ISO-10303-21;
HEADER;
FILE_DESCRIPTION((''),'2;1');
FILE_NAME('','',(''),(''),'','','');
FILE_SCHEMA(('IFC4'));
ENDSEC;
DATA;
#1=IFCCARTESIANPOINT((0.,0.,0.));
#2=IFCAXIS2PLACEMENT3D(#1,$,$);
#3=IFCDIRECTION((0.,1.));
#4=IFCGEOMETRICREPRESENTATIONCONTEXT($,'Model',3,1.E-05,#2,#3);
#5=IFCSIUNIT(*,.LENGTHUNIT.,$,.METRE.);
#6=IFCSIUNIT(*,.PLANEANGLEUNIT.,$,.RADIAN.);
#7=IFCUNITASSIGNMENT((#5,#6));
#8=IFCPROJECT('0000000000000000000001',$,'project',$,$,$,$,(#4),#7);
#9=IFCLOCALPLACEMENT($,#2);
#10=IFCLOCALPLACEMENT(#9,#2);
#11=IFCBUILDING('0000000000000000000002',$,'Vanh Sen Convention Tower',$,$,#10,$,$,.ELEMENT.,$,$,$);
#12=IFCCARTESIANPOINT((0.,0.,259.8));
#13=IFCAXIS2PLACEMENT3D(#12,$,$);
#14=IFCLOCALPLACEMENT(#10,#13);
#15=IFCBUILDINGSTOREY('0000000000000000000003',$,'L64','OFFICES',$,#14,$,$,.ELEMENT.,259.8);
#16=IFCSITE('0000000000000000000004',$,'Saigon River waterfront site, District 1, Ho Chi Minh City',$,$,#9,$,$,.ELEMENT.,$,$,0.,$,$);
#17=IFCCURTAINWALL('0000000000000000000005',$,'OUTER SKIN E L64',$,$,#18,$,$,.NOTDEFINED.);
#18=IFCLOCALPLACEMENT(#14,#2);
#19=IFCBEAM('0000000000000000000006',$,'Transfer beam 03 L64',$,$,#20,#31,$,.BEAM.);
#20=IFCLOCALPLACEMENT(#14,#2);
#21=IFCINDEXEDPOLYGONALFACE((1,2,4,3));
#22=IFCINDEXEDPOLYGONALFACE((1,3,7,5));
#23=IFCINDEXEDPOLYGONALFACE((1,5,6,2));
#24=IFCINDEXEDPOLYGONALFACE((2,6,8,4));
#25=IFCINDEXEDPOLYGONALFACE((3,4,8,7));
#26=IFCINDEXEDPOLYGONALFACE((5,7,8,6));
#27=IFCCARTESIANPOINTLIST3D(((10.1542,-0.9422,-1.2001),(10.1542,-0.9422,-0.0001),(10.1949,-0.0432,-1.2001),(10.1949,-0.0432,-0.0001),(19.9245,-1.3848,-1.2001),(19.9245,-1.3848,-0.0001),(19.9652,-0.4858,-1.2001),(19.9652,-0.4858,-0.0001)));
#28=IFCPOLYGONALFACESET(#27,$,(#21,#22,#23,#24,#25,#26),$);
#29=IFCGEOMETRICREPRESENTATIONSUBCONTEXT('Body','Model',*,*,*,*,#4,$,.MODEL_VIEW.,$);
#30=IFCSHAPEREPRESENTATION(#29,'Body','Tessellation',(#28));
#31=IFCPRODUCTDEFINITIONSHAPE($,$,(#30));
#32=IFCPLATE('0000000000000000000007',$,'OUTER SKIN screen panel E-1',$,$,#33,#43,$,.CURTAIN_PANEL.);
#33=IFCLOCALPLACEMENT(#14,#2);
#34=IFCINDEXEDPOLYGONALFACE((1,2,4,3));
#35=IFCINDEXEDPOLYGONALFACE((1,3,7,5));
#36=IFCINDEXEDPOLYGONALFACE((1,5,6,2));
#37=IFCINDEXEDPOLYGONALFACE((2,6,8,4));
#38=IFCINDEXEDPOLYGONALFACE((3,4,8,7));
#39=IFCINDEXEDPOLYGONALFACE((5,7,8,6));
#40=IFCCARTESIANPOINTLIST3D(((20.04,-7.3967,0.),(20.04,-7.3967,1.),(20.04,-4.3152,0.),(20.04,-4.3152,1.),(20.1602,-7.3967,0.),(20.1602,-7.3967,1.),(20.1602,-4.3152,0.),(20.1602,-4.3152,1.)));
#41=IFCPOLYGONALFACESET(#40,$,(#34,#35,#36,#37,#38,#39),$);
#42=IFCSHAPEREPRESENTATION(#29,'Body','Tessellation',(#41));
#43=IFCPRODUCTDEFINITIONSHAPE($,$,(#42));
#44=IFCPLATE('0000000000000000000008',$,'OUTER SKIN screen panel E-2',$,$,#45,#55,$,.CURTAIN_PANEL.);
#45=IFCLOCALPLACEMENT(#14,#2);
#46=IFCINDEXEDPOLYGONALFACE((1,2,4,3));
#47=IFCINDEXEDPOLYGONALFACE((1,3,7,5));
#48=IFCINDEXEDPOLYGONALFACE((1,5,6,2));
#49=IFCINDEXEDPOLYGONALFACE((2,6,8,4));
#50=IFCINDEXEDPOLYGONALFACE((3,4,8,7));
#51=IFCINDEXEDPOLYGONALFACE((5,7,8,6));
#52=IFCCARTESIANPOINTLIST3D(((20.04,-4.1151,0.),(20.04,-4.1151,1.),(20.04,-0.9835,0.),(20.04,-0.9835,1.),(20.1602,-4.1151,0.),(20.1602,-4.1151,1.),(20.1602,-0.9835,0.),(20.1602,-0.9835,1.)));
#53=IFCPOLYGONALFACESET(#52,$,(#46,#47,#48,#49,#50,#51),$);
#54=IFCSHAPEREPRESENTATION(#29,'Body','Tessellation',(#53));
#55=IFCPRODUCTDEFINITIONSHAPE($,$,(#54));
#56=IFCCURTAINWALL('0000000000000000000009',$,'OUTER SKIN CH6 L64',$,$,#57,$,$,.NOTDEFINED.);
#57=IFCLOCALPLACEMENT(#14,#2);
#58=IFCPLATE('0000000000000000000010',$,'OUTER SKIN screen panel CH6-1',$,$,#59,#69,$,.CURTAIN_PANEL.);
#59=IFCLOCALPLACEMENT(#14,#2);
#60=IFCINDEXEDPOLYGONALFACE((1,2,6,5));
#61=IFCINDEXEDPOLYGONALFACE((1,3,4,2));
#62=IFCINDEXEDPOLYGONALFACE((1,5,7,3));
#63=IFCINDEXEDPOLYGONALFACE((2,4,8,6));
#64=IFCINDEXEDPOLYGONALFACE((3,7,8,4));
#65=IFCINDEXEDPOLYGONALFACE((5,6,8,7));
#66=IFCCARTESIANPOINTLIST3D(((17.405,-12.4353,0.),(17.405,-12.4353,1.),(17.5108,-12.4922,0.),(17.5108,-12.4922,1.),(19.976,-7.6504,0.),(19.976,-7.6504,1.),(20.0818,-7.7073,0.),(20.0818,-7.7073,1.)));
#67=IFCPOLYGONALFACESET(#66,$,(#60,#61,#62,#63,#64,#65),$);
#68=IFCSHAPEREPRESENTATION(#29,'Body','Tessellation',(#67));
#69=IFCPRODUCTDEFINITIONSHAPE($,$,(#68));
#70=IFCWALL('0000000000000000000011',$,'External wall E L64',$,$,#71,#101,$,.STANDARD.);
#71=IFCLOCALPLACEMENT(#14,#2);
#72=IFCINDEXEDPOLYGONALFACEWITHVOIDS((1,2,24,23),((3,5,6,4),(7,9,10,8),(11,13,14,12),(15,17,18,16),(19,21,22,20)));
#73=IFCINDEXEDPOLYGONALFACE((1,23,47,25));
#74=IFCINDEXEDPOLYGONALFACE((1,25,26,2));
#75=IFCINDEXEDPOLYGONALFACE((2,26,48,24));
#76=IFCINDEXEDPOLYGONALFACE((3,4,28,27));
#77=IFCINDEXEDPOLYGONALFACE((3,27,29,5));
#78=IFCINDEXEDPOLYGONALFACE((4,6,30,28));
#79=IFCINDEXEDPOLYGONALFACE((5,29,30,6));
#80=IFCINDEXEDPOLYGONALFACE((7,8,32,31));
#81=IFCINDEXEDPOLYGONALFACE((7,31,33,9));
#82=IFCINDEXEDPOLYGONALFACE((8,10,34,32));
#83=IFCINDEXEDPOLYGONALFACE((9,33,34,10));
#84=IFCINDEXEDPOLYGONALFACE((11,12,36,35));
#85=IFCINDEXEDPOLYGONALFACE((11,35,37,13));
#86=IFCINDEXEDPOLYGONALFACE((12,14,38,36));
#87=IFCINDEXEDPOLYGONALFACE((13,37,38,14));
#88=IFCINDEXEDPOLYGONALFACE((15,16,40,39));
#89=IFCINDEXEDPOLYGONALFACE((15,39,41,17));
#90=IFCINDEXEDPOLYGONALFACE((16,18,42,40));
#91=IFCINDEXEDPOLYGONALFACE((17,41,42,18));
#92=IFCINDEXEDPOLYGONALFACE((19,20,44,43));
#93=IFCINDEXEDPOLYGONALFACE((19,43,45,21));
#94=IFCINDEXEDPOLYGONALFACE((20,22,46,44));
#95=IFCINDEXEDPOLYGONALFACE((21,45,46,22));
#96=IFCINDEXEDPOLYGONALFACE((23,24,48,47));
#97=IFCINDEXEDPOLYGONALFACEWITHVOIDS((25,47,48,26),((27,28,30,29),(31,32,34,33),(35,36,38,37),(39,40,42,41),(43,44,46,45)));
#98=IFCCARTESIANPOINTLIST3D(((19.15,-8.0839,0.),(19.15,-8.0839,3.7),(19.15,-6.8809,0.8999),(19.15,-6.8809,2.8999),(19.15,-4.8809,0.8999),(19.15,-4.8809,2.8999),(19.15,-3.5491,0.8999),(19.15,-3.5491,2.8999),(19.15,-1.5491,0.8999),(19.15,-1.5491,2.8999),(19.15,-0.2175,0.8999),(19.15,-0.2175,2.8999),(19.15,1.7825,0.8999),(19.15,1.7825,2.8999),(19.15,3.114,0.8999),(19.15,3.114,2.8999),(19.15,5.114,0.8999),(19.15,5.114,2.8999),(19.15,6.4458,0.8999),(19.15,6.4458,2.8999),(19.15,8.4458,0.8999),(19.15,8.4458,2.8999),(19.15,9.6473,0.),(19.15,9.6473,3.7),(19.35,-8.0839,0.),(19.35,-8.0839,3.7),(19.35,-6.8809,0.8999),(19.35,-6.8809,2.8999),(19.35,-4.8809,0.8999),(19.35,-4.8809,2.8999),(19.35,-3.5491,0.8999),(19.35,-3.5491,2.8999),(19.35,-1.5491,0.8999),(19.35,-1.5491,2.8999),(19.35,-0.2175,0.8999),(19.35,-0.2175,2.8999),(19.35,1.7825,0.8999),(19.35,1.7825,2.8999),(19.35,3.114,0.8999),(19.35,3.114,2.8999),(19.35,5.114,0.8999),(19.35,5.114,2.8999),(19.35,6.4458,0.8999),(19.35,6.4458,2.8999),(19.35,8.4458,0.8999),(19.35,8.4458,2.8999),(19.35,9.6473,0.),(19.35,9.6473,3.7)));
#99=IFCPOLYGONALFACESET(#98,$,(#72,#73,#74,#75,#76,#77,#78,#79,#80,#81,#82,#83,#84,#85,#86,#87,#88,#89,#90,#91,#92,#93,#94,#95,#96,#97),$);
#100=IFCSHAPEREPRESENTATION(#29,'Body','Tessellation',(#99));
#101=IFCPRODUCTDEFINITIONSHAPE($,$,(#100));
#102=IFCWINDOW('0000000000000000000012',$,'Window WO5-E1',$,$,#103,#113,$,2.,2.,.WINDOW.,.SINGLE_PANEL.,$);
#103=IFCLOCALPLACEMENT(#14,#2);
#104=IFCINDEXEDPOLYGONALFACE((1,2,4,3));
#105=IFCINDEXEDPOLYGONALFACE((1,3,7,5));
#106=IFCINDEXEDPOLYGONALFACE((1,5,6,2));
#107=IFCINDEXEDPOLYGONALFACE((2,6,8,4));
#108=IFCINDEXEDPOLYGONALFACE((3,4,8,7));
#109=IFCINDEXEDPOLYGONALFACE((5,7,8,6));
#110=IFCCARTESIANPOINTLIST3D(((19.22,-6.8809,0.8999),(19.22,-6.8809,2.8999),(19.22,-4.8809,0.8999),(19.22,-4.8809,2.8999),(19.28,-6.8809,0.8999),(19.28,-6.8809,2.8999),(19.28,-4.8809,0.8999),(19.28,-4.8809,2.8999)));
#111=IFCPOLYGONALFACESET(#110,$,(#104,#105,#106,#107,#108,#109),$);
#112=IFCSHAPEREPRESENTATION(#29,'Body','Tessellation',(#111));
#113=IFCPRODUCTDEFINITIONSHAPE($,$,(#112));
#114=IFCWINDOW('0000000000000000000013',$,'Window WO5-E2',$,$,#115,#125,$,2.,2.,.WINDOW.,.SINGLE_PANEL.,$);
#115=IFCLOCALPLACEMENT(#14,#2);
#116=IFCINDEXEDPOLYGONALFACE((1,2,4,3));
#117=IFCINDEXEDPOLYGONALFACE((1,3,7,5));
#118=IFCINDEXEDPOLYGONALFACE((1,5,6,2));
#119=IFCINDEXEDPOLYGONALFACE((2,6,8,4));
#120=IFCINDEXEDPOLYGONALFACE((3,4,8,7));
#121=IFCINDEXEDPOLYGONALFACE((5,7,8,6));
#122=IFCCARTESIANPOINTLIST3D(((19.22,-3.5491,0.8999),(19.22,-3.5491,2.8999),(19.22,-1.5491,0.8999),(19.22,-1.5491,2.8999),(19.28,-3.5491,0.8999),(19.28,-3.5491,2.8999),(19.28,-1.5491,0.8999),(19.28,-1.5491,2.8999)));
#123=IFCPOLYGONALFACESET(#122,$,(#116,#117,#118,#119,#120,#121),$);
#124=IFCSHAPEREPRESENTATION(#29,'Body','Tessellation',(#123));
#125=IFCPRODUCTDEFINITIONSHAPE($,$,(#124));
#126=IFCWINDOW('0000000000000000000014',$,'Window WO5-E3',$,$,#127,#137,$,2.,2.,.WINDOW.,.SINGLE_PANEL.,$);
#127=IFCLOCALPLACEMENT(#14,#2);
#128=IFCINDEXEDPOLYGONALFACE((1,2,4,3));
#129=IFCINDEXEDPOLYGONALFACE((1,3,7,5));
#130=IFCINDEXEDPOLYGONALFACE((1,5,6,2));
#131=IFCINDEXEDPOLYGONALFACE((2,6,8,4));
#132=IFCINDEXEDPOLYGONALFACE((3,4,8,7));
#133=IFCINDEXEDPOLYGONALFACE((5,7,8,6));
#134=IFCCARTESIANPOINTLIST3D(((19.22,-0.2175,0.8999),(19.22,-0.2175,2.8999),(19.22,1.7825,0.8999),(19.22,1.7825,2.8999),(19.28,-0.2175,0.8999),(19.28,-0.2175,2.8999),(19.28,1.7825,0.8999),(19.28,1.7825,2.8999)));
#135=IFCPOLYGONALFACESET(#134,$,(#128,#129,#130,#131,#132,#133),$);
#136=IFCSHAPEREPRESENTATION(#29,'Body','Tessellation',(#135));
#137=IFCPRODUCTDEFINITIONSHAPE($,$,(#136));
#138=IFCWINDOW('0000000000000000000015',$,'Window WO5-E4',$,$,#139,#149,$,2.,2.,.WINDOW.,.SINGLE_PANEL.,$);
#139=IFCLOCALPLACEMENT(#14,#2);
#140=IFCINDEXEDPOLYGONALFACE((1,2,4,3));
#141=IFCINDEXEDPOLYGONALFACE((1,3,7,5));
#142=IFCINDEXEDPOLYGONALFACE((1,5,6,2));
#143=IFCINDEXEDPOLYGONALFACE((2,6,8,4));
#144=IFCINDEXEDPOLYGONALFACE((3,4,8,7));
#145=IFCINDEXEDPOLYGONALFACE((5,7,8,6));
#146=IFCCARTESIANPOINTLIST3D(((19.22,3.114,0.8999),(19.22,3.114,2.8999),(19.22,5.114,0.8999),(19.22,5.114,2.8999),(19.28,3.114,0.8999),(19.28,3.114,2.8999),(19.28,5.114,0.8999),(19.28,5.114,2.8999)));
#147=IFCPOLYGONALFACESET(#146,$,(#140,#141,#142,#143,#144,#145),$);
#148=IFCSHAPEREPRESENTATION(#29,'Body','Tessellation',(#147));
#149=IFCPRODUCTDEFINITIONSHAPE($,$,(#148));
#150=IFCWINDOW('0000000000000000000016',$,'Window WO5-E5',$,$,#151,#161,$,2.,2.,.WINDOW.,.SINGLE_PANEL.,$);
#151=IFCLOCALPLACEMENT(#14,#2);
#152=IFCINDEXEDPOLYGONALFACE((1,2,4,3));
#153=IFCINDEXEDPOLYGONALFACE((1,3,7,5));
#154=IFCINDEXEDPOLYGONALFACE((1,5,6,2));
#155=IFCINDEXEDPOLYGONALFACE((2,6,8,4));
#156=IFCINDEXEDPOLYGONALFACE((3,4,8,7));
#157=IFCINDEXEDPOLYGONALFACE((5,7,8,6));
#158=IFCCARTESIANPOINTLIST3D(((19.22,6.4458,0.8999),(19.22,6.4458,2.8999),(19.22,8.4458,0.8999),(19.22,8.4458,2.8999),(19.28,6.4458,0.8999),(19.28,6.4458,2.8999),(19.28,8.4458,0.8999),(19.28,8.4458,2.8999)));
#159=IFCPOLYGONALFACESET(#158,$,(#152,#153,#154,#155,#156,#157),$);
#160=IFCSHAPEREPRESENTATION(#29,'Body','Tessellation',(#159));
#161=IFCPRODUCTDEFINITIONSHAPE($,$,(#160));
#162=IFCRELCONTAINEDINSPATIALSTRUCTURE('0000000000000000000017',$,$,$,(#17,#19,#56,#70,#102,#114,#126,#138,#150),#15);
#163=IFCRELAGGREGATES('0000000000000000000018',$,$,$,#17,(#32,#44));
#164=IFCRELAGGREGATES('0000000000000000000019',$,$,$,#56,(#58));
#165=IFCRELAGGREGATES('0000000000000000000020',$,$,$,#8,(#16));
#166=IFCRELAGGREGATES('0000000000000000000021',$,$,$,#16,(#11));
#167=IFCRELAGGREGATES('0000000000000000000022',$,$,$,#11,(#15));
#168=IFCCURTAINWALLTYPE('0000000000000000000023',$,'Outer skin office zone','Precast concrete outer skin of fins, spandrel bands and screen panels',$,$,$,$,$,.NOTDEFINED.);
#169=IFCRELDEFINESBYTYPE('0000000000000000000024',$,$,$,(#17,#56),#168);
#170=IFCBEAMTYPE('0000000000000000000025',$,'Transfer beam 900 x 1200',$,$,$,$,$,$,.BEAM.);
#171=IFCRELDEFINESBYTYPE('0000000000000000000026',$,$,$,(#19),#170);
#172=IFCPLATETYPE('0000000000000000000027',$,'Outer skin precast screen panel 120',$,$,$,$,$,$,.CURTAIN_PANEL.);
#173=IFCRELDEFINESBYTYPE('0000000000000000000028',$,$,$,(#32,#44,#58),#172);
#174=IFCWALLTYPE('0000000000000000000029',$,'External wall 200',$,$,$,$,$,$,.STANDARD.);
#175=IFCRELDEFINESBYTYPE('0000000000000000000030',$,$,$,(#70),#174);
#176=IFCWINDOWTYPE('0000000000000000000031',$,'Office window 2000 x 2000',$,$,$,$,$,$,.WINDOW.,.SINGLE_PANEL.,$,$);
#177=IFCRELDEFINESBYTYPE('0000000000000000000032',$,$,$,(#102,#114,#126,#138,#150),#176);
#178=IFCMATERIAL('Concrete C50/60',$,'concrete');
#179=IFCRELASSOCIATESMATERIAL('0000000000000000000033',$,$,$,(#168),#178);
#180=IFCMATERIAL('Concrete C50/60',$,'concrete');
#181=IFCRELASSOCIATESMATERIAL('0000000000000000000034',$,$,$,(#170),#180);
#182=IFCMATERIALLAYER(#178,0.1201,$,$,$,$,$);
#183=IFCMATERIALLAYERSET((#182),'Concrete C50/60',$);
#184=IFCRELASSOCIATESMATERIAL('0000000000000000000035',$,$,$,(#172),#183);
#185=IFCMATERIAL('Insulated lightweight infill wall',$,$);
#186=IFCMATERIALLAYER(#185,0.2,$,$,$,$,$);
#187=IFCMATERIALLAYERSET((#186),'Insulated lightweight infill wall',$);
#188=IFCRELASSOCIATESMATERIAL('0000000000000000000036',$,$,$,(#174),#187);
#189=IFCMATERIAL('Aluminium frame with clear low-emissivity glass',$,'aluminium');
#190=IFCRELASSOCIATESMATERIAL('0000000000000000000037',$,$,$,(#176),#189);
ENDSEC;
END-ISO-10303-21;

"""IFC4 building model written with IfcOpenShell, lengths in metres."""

from ifc_helpers import new_model, si_unit, direction, frame, frame_2d, origin, origin_2d, place, context, subcontext, project, spatial, rectangle, extrude, material, layer, layer_set, material_profile, profile_set, type_object, element, fill, aggregate, save


model = new_model("IFC4")

# Units and contexts
model_context = context("Model", 3, precision=1e-05, world=origin(), true_north=direction((0.0, 1.0)))
body_context = subcontext(model_context, "Body", "Model", "MODEL_VIEW")
ifc_project = project(units=[si_unit("LENGTHUNIT", "METRE"), si_unit("PLANEANGLEUNIT", "RADIAN")], contexts=[model_context])

# Site, building, storey
site_placement = place(None, origin())
site = spatial("IfcSite", under=ifc_project, at=site_placement, Name="Saigon River waterfront site, District 1, Ho Chi Minh City", CompositionType="ELEMENT", RefElevation=0.0)
building_placement = place(site_placement, origin())
building = spatial("IfcBuilding", under=site, at=building_placement, Name="Vanh Sen Convention Tower", CompositionType="ELEMENT")
storey_placement = place(building_placement, frame((0.0, 0.0, 259.8)))
storey = spatial("IfcBuildingStorey", under=building, at=storey_placement, Name="L64", Description="OFFICES", CompositionType="ELEMENT", Elevation=259.8)

# Curtain wall
ifc_material_1 = material(Name="Concrete C50/60", Category="concrete")
curtain_wall_type = type_object("IfcCurtainWallType", Name="Outer skin office zone", Description="Precast concrete outer skin of fins, spandrel bands and screen panels", PredefinedType="NOTDEFINED", material=ifc_material_1)
curtain_wall_1_placement = place(storey_placement, origin())
curtain_wall_1 = element("IfcCurtainWall", 1, at=curtain_wall_1_placement, inside=storey, type_object=curtain_wall_type, Name="OUTER SKIN E L64", PredefinedType="NOTDEFINED")

# Beam
ifc_material_2 = material(Name="Concrete C50/60", Category="concrete")
ifc_material_profile_1 = material_profile(ifc_material_2, rectangle(XDim=0.8999, YDim=1.2, at=origin_2d()), Name="RC 900X1200")
ifc_profile_set_1 = profile_set([ifc_material_profile_1], Name="Concrete C50/60")
beam_type_1 = type_object("IfcBeamType", Name="Transfer beam 900 x 1200", PredefinedType="BEAM", material=ifc_profile_set_1)
beam_1_placement = place(storey_placement, frame((19.9448, -0.9353, -0.6001), z_axis=(-0.998975, 0.045257, 0.0), x_axis=(-0.045257, -0.998975, 0.0)))
element("IfcBeam", 2, at=beam_1_placement, inside=storey, type_object=beam_type_1, Name="Transfer beam 03 L64", PredefinedType="BEAM", context=body_context, shape_type="SweptSolid", body=[
    extrude(rectangle(XDim=0.8999, YDim=1.2, at=origin_2d()), origin(), (0.0, 0.0, 1.0), 9.7803),
])

# Plates
ifc_layer_1 = layer(ifc_material_1, 0.1201)
ifc_layer_set_1 = layer_set([ifc_layer_1], Name="Concrete C50/60")
plate_type = type_object("IfcPlateType", Name="Outer skin precast screen panel 120", PredefinedType="CURTAIN_PANEL", material=ifc_layer_set_1)
plate_1_placement = place(storey_placement, frame((20.1001, -5.856, 0.0), z_axis=(0.0, 0.0, 1.0), x_axis=(0.0, 1.0, 0.0)))
plate_1 = element("IfcPlate", 3, at=plate_1_placement, type_object=plate_type, Name="OUTER SKIN screen panel E-1", PredefinedType="CURTAIN_PANEL", context=body_context, shape_type="SweptSolid", body=[
    extrude(rectangle(XDim=3.0815, YDim=0.1201, at=origin_2d()), origin(), (0.0, 0.0, 1.0), 1.0),
])
plate_2_placement = place(storey_placement, frame((20.1001, -2.5493, 0.0), z_axis=(0.0, 0.0, 1.0), x_axis=(0.0, 1.0, 0.0)))
plate_2 = element("IfcPlate", 4, at=plate_2_placement, type_object=plate_type, Name="OUTER SKIN screen panel E-2", PredefinedType="CURTAIN_PANEL", context=body_context, shape_type="SweptSolid", body=[
    extrude(rectangle(XDim=3.1316, YDim=0.1201, at=origin_2d()), origin(), (0.0, 0.0, 1.0), 1.0),
])
aggregate(curtain_wall_1, [plate_1, plate_2])

# Curtain wall, plate
curtain_wall_2_placement = place(storey_placement, origin())
curtain_wall_2 = element("IfcCurtainWall", 5, at=curtain_wall_2_placement, inside=storey, type_object=curtain_wall_type, Name="OUTER SKIN CH6 L64", PredefinedType="NOTDEFINED")
plate_3_placement = place(storey_placement, frame((18.7434, -10.0713, 0.0), z_axis=(0.0, 0.0, 1.0), x_axis=(0.473324, 0.880888, 0.0)))
plate_3 = element("IfcPlate", 6, at=plate_3_placement, type_object=plate_type, Name="OUTER SKIN screen panel CH6-1", PredefinedType="CURTAIN_PANEL", context=body_context, shape_type="SweptSolid", body=[
    extrude(rectangle(XDim=5.4319, YDim=0.1201, at=origin_2d()), origin(), (0.0, 0.0, 1.0), 1.0),
])
aggregate(curtain_wall_2, [plate_3])

# Wall, openings, windows
ifc_material_3 = material(Name="Insulated lightweight infill wall")
ifc_layer_2 = layer(ifc_material_3, 0.2)
ifc_layer_set_2 = layer_set([ifc_layer_2], Name="Insulated lightweight infill wall")
wall_type = type_object("IfcWallType", Name="External wall 200", PredefinedType="STANDARD", material=ifc_layer_set_2)
wall_1_placement = place(storey_placement, frame((19.25, -8.084, 0.0), z_axis=(0.0, 0.0, 1.0), x_axis=(0.0, 1.0, 0.0)))
wall_1 = element("IfcWall", 7, at=wall_1_placement, inside=storey, type_object=wall_type, Name="External wall E L64", PredefinedType="STANDARD", context=body_context, shape_type="SweptSolid", body=[
    extrude(rectangle(XDim=17.7312, YDim=0.2, at=frame_2d((8.8657, 0.0))), origin(), (0.0, 0.0, 1.0), 3.7),
])
opening_1_placement = place(wall_1_placement, frame((1.2031, 0.0, 0.8999)))
opening_1 = element("IfcOpeningElement", 8, at=opening_1_placement, cuts=wall_1, PredefinedType="OPENING", context=body_context, shape_type="SweptSolid", body=[
    extrude(rectangle(XDim=2.0, YDim=2.0, at=frame_2d((1.0, 1.0))), frame((0.0, 0.1099, 0.0), z_axis=(0.0, -1.0, 0.0), x_axis=(1.0, 0.0, 0.0)), (0.0, 0.0, 1.0), 0.22),
])
opening_2_placement = place(wall_1_placement, frame((4.5349, 0.0, 0.8999)))
opening_2 = element("IfcOpeningElement", 9, at=opening_2_placement, cuts=wall_1, PredefinedType="OPENING", context=body_context, shape_type="SweptSolid", body=[
    extrude(rectangle(XDim=2.0, YDim=2.0, at=frame_2d((1.0, 1.0))), frame((0.0, 0.1099, 0.0), z_axis=(0.0, -1.0, 0.0), x_axis=(1.0, 0.0, 0.0)), (0.0, 0.0, 1.0), 0.22),
])
opening_3_placement = place(wall_1_placement, frame((7.8665, 0.0, 0.8999)))
opening_3 = element("IfcOpeningElement", 10, at=opening_3_placement, cuts=wall_1, PredefinedType="OPENING", context=body_context, shape_type="SweptSolid", body=[
    extrude(rectangle(XDim=2.0, YDim=2.0, at=frame_2d((1.0, 1.0))), frame((0.0, 0.1099, 0.0), z_axis=(0.0, -1.0, 0.0), x_axis=(1.0, 0.0, 0.0)), (0.0, 0.0, 1.0), 0.22),
])
opening_4_placement = place(wall_1_placement, frame((11.198, 0.0, 0.8999)))
opening_4 = element("IfcOpeningElement", 11, at=opening_4_placement, cuts=wall_1, PredefinedType="OPENING", context=body_context, shape_type="SweptSolid", body=[
    extrude(rectangle(XDim=2.0, YDim=2.0, at=frame_2d((1.0, 1.0))), frame((0.0, 0.1099, 0.0), z_axis=(0.0, -1.0, 0.0), x_axis=(1.0, 0.0, 0.0)), (0.0, 0.0, 1.0), 0.22),
])
opening_5_placement = place(wall_1_placement, frame((14.5298, 0.0, 0.8999)))
opening_5 = element("IfcOpeningElement", 12, at=opening_5_placement, cuts=wall_1, PredefinedType="OPENING", context=body_context, shape_type="SweptSolid", body=[
    extrude(rectangle(XDim=2.0, YDim=2.0, at=frame_2d((1.0, 1.0))), frame((0.0, 0.1099, 0.0), z_axis=(0.0, -1.0, 0.0), x_axis=(1.0, 0.0, 0.0)), (0.0, 0.0, 1.0), 0.22),
])
ifc_material_4 = material(Name="Aluminium frame with clear low-emissivity glass", Category="aluminium")
window_type_1 = type_object("IfcWindowType", Name="Office window 2000 x 2000", PartitioningType="SINGLE_PANEL", PredefinedType="WINDOW", material=ifc_material_4)
window_1_placement = place(opening_1_placement, origin())
window_1 = element("IfcWindow", 13, at=window_1_placement, inside=storey, type_object=window_type_1, Name="Window WO5-E1", OverallHeight=2.0, OverallWidth=2.0, PartitioningType="SINGLE_PANEL", PredefinedType="WINDOW", context=body_context, shape_type="SweptSolid", body=[
    extrude(rectangle(XDim=2.0, YDim=2.0, at=frame_2d((1.0, 1.0))), frame((0.0, 0.03, 0.0), z_axis=(0.0, -1.0, 0.0), x_axis=(1.0, 0.0, 0.0)), (0.0, 0.0, 1.0), 0.0601),
])
fill(opening_1, window_1)
window_2_placement = place(opening_2_placement, origin())
window_2 = element("IfcWindow", 14, at=window_2_placement, inside=storey, type_object=window_type_1, Name="Window WO5-E2", OverallHeight=2.0, OverallWidth=2.0, PartitioningType="SINGLE_PANEL", PredefinedType="WINDOW", context=body_context, shape_type="SweptSolid", body=[
    extrude(rectangle(XDim=2.0, YDim=2.0, at=frame_2d((1.0, 1.0))), frame((0.0, 0.03, 0.0), z_axis=(0.0, -1.0, 0.0), x_axis=(1.0, 0.0, 0.0)), (0.0, 0.0, 1.0), 0.0601),
])
fill(opening_2, window_2)
window_3_placement = place(opening_3_placement, origin())
window_3 = element("IfcWindow", 15, at=window_3_placement, inside=storey, type_object=window_type_1, Name="Window WO5-E3", OverallHeight=2.0, OverallWidth=2.0, PartitioningType="SINGLE_PANEL", PredefinedType="WINDOW", context=body_context, shape_type="SweptSolid", body=[
    extrude(rectangle(XDim=2.0, YDim=2.0, at=frame_2d((1.0, 1.0))), frame((0.0, 0.03, 0.0), z_axis=(0.0, -1.0, 0.0), x_axis=(1.0, 0.0, 0.0)), (0.0, 0.0, 1.0), 0.0601),
])
fill(opening_3, window_3)
window_4_placement = place(opening_4_placement, origin())
window_4 = element("IfcWindow", 16, at=window_4_placement, inside=storey, type_object=window_type_1, Name="Window WO5-E4", OverallHeight=2.0, OverallWidth=2.0, PartitioningType="SINGLE_PANEL", PredefinedType="WINDOW", context=body_context, shape_type="SweptSolid", body=[
    extrude(rectangle(XDim=2.0, YDim=2.0, at=frame_2d((1.0, 1.0))), frame((0.0, 0.03, 0.0), z_axis=(0.0, -1.0, 0.0), x_axis=(1.0, 0.0, 0.0)), (0.0, 0.0, 1.0), 0.0601),
])
fill(opening_4, window_4)
window_5_placement = place(opening_5_placement, origin())
window_5 = element("IfcWindow", 17, at=window_5_placement, inside=storey, type_object=window_type_1, Name="Window WO5-E5", OverallHeight=2.0, OverallWidth=2.0, PartitioningType="SINGLE_PANEL", PredefinedType="WINDOW", context=body_context, shape_type="SweptSolid", body=[
    extrude(rectangle(XDim=2.0, YDim=2.0, at=frame_2d((1.0, 1.0))), frame((0.0, 0.03, 0.0), z_axis=(0.0, -1.0, 0.0), x_axis=(1.0, 0.0, 0.0)), (0.0, 0.0, 1.0), 0.0601),
])
fill(opening_5, window_5)

save(model, "model.ifc")
